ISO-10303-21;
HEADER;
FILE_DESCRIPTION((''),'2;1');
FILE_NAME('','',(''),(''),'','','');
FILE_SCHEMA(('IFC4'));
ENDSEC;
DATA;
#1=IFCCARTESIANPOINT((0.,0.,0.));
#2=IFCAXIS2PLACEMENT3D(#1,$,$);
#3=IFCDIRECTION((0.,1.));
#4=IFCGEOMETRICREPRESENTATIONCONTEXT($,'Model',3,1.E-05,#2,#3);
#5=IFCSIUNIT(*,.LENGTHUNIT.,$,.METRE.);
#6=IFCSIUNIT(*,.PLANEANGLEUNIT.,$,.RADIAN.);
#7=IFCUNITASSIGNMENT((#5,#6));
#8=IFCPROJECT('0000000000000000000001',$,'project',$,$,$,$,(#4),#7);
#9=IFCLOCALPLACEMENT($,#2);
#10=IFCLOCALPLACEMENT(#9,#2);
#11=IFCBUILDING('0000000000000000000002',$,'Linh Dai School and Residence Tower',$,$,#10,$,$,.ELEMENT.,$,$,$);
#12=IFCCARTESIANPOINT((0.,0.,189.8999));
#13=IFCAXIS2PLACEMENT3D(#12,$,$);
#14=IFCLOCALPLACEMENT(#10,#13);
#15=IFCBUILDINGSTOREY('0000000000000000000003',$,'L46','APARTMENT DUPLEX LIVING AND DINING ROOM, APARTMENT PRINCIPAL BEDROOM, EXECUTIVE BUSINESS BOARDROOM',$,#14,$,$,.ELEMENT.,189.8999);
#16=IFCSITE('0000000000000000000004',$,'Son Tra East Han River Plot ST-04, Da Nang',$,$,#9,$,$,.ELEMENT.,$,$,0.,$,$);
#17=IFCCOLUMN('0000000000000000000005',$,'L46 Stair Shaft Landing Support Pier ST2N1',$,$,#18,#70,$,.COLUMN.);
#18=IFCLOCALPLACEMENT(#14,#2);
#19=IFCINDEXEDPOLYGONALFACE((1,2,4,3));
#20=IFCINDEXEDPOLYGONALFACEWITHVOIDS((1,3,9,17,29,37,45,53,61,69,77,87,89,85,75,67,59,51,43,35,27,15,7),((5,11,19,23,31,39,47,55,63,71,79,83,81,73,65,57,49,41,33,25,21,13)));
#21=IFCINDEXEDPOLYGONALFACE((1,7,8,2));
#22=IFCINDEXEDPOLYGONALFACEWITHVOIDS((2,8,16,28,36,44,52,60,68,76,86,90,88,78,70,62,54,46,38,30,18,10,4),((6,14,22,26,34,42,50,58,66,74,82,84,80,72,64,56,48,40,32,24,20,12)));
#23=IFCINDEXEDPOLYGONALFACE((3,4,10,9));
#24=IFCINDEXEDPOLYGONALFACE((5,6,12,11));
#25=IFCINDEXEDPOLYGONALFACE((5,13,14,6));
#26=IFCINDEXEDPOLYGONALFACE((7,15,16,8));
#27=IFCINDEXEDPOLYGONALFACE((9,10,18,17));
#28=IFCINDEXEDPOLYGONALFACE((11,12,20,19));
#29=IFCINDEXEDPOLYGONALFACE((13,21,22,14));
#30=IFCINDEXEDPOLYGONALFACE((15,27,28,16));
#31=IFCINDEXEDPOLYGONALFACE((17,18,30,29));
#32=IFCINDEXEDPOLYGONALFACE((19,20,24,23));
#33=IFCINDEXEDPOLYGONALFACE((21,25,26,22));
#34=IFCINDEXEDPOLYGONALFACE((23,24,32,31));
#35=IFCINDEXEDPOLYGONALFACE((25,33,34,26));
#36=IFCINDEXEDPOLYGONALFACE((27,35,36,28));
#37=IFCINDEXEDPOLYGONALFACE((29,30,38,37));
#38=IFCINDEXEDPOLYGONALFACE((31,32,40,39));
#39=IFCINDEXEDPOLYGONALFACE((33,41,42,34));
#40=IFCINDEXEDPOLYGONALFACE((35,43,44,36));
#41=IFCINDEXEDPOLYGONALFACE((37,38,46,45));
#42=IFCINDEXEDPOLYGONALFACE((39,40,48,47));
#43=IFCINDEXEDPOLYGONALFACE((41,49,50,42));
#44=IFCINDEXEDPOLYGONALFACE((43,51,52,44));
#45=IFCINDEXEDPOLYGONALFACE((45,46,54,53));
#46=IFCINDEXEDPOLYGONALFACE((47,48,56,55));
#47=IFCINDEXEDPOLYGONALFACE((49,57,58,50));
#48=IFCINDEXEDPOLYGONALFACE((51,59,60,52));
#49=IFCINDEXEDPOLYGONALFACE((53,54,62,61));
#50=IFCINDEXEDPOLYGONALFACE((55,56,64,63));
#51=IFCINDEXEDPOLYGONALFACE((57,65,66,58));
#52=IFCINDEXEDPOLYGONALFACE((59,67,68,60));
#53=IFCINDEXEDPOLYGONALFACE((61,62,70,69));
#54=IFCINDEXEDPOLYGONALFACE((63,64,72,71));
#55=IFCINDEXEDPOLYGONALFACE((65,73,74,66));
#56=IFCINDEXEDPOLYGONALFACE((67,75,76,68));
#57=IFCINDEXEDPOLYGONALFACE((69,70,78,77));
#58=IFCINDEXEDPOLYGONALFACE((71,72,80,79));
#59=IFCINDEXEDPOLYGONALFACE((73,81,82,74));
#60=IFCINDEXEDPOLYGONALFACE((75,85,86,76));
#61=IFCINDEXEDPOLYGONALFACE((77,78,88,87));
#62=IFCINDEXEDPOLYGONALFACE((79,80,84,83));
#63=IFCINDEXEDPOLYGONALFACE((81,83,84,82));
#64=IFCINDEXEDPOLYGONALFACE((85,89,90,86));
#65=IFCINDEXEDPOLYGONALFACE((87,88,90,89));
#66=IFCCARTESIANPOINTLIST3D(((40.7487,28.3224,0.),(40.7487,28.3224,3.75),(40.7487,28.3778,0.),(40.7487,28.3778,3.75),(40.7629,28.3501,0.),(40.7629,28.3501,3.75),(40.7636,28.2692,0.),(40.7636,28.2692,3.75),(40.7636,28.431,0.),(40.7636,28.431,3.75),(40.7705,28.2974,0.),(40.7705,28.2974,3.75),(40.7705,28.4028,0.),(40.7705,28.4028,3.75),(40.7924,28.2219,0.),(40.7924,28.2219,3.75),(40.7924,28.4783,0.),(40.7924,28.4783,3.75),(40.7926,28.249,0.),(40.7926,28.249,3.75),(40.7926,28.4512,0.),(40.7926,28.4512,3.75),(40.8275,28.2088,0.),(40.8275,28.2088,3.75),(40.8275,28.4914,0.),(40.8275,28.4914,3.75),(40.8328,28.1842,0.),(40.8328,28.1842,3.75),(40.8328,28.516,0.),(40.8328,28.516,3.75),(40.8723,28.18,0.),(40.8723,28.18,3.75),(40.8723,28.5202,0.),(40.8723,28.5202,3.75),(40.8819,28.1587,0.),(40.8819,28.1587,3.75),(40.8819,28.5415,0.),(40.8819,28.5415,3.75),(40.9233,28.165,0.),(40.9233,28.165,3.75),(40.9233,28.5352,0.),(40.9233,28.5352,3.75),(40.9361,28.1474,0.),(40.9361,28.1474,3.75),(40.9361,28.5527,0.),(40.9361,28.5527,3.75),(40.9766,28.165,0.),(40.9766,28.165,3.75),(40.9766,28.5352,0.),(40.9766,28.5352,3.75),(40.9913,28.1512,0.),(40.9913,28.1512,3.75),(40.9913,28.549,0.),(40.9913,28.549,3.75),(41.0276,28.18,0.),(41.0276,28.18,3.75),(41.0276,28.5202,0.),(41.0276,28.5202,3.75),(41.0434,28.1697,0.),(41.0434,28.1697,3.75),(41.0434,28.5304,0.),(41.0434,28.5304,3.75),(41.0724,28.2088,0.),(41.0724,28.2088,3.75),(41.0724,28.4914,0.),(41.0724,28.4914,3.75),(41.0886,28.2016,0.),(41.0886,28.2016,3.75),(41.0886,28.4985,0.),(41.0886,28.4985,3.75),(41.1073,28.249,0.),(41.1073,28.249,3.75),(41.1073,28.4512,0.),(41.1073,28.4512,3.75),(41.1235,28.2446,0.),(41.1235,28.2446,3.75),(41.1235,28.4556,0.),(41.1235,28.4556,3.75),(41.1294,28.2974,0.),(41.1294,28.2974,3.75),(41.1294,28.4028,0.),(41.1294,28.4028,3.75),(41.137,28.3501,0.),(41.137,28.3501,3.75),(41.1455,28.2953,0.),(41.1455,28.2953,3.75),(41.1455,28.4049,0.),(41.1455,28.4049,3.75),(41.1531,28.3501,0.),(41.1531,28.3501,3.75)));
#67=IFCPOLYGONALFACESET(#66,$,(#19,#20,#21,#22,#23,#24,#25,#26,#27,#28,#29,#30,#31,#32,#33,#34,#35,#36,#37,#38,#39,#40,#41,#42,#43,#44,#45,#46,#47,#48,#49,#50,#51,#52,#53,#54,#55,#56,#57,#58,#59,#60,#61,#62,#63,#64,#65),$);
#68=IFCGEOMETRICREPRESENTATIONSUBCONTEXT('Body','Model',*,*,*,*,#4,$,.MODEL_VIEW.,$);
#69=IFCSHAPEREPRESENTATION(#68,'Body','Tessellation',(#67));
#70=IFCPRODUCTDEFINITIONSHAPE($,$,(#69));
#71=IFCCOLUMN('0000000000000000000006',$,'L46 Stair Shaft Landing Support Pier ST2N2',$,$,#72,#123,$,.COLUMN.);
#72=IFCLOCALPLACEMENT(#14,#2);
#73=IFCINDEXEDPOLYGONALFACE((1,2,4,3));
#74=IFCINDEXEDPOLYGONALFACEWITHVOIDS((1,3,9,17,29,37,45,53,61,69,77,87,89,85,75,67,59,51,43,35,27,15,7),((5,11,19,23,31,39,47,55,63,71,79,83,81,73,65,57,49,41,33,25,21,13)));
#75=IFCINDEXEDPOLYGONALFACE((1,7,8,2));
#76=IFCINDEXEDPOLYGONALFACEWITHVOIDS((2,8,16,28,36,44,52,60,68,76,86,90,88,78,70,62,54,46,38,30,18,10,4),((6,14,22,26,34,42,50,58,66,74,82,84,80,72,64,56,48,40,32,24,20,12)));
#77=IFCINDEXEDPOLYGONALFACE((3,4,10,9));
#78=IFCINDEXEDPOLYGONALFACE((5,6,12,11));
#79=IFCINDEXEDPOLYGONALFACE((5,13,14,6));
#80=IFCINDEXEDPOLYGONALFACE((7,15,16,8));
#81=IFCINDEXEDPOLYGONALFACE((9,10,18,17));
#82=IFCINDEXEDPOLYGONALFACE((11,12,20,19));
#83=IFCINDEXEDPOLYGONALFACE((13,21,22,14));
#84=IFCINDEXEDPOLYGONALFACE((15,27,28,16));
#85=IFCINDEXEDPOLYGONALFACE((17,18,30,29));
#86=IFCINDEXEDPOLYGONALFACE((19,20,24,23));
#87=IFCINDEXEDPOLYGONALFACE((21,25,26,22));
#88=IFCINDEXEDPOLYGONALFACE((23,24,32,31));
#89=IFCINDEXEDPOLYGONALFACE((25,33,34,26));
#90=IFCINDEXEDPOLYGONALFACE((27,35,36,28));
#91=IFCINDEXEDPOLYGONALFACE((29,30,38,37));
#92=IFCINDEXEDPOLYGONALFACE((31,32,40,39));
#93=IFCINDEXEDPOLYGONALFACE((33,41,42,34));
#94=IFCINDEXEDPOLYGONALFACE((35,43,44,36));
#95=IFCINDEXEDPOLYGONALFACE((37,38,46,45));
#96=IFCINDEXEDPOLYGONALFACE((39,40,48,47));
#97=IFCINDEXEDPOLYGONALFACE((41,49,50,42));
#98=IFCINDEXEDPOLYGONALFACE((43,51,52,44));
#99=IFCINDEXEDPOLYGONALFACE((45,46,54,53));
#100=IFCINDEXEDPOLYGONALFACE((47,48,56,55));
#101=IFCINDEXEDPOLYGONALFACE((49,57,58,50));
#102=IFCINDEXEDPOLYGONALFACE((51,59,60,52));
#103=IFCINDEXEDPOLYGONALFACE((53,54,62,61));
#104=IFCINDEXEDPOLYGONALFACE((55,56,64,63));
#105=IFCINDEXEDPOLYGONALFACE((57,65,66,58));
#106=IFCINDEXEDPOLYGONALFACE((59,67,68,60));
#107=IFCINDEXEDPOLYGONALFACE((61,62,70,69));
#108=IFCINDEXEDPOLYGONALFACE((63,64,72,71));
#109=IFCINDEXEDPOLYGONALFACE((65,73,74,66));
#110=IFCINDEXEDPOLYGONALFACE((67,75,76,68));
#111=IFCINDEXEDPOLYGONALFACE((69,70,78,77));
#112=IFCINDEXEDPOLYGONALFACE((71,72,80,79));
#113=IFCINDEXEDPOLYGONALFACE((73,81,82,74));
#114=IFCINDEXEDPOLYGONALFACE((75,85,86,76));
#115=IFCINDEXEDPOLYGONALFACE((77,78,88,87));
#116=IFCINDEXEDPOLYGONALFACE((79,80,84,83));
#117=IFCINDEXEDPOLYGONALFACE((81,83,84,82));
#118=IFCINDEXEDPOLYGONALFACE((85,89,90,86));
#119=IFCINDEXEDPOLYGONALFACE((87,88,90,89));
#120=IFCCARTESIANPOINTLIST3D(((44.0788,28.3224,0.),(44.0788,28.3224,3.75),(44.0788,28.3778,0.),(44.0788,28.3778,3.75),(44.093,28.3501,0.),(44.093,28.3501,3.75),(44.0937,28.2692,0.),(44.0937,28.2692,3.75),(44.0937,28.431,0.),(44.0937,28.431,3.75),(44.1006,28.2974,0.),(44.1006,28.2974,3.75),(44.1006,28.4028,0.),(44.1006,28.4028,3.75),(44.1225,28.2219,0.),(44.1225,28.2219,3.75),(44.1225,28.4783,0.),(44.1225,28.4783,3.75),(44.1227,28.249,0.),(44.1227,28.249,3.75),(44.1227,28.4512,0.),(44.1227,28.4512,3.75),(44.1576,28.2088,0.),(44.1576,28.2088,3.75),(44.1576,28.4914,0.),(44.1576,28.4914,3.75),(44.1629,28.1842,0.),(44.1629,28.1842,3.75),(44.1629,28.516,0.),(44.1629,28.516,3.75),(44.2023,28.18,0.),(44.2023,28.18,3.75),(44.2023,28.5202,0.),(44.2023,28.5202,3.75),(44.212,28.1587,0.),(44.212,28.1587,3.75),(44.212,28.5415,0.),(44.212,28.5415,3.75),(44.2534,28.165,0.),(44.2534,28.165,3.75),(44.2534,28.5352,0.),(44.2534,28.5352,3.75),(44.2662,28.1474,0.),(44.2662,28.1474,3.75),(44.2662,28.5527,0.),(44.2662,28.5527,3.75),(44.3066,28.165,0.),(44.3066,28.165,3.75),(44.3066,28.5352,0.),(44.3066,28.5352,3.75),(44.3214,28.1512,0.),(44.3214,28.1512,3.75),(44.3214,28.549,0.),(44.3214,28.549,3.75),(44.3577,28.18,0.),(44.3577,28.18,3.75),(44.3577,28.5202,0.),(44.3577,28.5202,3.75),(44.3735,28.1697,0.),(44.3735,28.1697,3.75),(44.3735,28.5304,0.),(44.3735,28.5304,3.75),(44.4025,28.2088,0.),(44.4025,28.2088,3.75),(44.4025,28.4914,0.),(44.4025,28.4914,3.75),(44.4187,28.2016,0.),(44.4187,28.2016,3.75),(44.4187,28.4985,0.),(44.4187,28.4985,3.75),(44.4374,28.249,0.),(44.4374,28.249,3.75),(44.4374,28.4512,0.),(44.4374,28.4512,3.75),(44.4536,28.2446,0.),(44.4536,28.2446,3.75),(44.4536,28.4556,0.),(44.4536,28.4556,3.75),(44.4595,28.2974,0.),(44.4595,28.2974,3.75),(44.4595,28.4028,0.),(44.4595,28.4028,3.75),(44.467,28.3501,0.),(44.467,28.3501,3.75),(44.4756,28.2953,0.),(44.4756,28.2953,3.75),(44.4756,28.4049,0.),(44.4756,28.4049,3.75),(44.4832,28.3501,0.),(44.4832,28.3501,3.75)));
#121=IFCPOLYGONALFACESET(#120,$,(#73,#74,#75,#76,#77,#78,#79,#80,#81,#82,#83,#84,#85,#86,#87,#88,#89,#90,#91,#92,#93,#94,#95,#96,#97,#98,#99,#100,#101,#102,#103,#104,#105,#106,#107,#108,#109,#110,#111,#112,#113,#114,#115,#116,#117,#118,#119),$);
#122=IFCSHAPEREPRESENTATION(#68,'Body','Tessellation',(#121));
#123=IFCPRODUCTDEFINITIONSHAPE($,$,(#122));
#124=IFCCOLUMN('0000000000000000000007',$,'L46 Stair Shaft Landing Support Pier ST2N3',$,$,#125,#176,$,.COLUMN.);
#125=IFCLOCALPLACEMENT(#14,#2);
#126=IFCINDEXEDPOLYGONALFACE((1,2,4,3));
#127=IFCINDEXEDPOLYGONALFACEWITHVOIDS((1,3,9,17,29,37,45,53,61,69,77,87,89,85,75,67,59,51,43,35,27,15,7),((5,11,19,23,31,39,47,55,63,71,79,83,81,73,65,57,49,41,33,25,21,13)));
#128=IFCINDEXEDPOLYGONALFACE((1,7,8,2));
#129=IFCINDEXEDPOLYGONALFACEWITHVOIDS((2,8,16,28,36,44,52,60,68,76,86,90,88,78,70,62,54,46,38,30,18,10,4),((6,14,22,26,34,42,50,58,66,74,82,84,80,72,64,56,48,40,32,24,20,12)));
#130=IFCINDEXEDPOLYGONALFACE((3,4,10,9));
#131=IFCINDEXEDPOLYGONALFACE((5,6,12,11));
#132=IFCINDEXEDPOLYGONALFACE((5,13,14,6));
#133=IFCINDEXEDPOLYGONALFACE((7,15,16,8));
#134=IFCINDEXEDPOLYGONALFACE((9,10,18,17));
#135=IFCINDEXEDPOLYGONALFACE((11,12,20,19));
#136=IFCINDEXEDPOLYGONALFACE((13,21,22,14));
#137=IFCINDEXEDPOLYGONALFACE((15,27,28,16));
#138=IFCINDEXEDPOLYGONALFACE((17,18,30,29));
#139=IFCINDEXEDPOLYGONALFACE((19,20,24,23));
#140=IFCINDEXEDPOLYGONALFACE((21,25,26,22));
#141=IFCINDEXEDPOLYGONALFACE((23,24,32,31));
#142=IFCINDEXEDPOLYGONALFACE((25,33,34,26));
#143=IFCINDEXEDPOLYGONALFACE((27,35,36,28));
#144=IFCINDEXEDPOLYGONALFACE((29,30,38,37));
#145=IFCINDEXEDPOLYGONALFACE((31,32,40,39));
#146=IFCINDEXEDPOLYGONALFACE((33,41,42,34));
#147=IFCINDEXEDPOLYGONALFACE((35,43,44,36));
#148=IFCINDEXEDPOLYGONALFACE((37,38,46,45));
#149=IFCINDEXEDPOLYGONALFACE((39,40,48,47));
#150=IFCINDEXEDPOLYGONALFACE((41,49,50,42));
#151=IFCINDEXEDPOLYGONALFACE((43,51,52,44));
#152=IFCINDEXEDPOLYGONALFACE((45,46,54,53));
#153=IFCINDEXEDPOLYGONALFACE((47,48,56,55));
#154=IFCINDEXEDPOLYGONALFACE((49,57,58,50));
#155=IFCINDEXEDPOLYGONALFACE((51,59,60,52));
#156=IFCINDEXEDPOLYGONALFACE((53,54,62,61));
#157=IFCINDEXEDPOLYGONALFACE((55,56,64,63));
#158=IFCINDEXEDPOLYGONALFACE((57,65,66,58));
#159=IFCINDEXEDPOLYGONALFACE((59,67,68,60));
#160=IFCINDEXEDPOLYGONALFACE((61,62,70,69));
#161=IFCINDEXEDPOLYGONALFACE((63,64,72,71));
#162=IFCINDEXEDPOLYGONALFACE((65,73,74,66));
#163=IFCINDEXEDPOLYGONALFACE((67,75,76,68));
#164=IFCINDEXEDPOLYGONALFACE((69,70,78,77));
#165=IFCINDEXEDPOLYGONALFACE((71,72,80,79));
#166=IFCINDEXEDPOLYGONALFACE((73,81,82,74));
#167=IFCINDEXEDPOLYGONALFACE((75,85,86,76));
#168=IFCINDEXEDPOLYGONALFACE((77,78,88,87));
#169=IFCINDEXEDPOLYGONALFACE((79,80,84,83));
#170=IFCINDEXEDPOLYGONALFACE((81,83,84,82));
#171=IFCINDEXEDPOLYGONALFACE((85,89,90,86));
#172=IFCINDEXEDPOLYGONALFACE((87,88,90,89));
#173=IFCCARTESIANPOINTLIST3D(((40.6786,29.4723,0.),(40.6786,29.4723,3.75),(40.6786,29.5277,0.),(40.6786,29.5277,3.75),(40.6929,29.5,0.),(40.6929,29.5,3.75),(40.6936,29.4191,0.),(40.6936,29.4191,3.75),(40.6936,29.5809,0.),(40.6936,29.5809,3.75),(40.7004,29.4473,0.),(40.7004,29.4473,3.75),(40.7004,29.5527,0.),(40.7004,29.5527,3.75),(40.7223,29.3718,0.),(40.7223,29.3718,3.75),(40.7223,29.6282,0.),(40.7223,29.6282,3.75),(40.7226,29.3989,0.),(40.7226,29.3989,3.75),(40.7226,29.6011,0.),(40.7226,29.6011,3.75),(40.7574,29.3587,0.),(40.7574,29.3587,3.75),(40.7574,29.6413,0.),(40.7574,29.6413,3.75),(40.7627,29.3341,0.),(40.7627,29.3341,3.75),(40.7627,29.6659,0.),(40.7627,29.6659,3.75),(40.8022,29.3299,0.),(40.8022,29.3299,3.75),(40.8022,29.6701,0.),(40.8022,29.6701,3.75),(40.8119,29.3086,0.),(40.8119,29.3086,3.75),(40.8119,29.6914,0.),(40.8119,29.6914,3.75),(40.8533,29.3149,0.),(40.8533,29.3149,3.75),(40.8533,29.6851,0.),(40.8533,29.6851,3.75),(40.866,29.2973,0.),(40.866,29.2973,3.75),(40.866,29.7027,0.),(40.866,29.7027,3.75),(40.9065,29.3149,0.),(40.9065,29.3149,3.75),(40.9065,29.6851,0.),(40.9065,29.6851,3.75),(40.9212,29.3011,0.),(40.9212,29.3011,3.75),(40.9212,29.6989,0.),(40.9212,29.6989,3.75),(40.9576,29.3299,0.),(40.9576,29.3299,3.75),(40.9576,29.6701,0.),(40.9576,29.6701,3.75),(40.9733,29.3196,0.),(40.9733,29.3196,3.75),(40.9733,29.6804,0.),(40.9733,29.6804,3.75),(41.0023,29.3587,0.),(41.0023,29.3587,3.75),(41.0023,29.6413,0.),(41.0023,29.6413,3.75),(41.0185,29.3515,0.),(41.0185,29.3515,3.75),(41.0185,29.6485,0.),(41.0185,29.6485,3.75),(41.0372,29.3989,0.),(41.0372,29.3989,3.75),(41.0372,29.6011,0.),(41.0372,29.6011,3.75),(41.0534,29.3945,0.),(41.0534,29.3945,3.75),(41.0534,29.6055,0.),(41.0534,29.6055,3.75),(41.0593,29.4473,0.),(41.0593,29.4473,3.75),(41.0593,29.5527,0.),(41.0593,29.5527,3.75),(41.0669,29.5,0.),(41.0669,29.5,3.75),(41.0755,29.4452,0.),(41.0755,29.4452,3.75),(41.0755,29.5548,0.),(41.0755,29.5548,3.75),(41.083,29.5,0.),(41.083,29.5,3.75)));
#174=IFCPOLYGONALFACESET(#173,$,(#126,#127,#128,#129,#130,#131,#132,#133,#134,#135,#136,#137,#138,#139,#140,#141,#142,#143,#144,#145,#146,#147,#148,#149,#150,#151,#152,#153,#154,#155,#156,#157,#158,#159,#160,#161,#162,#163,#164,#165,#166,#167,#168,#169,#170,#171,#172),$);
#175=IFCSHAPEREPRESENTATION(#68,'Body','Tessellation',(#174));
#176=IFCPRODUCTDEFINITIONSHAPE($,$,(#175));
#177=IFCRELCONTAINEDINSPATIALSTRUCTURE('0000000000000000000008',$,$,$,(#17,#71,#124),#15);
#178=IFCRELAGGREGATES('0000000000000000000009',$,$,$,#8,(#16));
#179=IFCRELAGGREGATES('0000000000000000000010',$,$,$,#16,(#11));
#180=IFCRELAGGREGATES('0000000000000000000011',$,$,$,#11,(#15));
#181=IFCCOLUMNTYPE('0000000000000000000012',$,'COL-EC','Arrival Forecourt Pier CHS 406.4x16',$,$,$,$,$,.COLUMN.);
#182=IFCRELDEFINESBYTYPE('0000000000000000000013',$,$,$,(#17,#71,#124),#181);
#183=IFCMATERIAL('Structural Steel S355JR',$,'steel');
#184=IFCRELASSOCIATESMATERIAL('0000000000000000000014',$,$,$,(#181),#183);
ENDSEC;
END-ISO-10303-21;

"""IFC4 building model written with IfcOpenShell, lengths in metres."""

from ifc_helpers import new_model, si_unit, direction, frame, origin, origin_2d, place, context, subcontext, project, spatial, hollow_circle, extrude, material, material_profile, profile_set, type_object, element, save


model = new_model("IFC4")

# Units and contexts
model_context = context("Model", 3, precision=1e-05, world=origin(), true_north=direction((0.0, 1.0)))
body_context = subcontext(model_context, "Body", "Model", "MODEL_VIEW")
ifc_project = project(units=[si_unit("LENGTHUNIT", "METRE"), si_unit("PLANEANGLEUNIT", "RADIAN")], contexts=[model_context])

# Site, building, storey
site_placement = place(None, origin())
site = spatial("IfcSite", under=ifc_project, at=site_placement, Name="Son Tra East Han River Plot ST-04, Da Nang", CompositionType="ELEMENT", RefElevation=0.0)
building_placement = place(site_placement, origin())
building = spatial("IfcBuilding", under=site, at=building_placement, Name="Linh Dai School and Residence Tower", CompositionType="ELEMENT")
storey_placement = place(building_placement, frame((0.0, 0.0, 189.8999)))
storey = spatial("IfcBuildingStorey", under=building, at=storey_placement, Name="L46", Description="APARTMENT DUPLEX LIVING AND DINING ROOM, APARTMENT PRINCIPAL BEDROOM, EXECUTIVE BUSINESS BOARDROOM", CompositionType="ELEMENT", Elevation=189.8999)

# Columns
ifc_material_1 = material(Name="Structural Steel S355JR", Category="steel")
ifc_material_profile_1 = material_profile(ifc_material_1, hollow_circle(Radius=0.2031, WallThickness=0.0161, at=origin_2d()), Name="CHS 406.4x16")
ifc_profile_set_1 = profile_set([ifc_material_profile_1], Name="Structural Steel S355JR")
column_type_1 = type_object("IfcColumnType", Name="COL-EC", Description="Arrival Forecourt Pier CHS 406.4x16", PredefinedType="COLUMN", material=ifc_profile_set_1)
for number, where, z_axis, x_axis, name in (
    (1, (40.95, 28.3501, 0.0), (0.0, 0.0, 1.0), (1.0, 0.0, 0.0), "L46 Stair Shaft Landing Support Pier ST2N1"),
    (2, (44.28, 28.3501, 0.0), (0.0, 0.0, 1.0), (1.0, 0.0, 0.0), "L46 Stair Shaft Landing Support Pier ST2N2"),
    (3, (40.8799, 29.5, 0.0), (0.0, 0.0, 1.0), (1.0, 0.0, 0.0), "L46 Stair Shaft Landing Support Pier ST2N3"),
):
    element("IfcColumn", number, at=place(storey_placement, frame(where, z_axis=z_axis, x_axis=x_axis)), inside=storey, type_object=column_type_1, Name=name, PredefinedType="COLUMN", context=body_context, shape_type="SweptSolid", body=[
        extrude(hollow_circle(Radius=0.2031, WallThickness=0.0161, at=origin_2d()), origin(), (0.0, 0.0, 1.0), 3.75),
    ])

save(model, "model.ifc")
